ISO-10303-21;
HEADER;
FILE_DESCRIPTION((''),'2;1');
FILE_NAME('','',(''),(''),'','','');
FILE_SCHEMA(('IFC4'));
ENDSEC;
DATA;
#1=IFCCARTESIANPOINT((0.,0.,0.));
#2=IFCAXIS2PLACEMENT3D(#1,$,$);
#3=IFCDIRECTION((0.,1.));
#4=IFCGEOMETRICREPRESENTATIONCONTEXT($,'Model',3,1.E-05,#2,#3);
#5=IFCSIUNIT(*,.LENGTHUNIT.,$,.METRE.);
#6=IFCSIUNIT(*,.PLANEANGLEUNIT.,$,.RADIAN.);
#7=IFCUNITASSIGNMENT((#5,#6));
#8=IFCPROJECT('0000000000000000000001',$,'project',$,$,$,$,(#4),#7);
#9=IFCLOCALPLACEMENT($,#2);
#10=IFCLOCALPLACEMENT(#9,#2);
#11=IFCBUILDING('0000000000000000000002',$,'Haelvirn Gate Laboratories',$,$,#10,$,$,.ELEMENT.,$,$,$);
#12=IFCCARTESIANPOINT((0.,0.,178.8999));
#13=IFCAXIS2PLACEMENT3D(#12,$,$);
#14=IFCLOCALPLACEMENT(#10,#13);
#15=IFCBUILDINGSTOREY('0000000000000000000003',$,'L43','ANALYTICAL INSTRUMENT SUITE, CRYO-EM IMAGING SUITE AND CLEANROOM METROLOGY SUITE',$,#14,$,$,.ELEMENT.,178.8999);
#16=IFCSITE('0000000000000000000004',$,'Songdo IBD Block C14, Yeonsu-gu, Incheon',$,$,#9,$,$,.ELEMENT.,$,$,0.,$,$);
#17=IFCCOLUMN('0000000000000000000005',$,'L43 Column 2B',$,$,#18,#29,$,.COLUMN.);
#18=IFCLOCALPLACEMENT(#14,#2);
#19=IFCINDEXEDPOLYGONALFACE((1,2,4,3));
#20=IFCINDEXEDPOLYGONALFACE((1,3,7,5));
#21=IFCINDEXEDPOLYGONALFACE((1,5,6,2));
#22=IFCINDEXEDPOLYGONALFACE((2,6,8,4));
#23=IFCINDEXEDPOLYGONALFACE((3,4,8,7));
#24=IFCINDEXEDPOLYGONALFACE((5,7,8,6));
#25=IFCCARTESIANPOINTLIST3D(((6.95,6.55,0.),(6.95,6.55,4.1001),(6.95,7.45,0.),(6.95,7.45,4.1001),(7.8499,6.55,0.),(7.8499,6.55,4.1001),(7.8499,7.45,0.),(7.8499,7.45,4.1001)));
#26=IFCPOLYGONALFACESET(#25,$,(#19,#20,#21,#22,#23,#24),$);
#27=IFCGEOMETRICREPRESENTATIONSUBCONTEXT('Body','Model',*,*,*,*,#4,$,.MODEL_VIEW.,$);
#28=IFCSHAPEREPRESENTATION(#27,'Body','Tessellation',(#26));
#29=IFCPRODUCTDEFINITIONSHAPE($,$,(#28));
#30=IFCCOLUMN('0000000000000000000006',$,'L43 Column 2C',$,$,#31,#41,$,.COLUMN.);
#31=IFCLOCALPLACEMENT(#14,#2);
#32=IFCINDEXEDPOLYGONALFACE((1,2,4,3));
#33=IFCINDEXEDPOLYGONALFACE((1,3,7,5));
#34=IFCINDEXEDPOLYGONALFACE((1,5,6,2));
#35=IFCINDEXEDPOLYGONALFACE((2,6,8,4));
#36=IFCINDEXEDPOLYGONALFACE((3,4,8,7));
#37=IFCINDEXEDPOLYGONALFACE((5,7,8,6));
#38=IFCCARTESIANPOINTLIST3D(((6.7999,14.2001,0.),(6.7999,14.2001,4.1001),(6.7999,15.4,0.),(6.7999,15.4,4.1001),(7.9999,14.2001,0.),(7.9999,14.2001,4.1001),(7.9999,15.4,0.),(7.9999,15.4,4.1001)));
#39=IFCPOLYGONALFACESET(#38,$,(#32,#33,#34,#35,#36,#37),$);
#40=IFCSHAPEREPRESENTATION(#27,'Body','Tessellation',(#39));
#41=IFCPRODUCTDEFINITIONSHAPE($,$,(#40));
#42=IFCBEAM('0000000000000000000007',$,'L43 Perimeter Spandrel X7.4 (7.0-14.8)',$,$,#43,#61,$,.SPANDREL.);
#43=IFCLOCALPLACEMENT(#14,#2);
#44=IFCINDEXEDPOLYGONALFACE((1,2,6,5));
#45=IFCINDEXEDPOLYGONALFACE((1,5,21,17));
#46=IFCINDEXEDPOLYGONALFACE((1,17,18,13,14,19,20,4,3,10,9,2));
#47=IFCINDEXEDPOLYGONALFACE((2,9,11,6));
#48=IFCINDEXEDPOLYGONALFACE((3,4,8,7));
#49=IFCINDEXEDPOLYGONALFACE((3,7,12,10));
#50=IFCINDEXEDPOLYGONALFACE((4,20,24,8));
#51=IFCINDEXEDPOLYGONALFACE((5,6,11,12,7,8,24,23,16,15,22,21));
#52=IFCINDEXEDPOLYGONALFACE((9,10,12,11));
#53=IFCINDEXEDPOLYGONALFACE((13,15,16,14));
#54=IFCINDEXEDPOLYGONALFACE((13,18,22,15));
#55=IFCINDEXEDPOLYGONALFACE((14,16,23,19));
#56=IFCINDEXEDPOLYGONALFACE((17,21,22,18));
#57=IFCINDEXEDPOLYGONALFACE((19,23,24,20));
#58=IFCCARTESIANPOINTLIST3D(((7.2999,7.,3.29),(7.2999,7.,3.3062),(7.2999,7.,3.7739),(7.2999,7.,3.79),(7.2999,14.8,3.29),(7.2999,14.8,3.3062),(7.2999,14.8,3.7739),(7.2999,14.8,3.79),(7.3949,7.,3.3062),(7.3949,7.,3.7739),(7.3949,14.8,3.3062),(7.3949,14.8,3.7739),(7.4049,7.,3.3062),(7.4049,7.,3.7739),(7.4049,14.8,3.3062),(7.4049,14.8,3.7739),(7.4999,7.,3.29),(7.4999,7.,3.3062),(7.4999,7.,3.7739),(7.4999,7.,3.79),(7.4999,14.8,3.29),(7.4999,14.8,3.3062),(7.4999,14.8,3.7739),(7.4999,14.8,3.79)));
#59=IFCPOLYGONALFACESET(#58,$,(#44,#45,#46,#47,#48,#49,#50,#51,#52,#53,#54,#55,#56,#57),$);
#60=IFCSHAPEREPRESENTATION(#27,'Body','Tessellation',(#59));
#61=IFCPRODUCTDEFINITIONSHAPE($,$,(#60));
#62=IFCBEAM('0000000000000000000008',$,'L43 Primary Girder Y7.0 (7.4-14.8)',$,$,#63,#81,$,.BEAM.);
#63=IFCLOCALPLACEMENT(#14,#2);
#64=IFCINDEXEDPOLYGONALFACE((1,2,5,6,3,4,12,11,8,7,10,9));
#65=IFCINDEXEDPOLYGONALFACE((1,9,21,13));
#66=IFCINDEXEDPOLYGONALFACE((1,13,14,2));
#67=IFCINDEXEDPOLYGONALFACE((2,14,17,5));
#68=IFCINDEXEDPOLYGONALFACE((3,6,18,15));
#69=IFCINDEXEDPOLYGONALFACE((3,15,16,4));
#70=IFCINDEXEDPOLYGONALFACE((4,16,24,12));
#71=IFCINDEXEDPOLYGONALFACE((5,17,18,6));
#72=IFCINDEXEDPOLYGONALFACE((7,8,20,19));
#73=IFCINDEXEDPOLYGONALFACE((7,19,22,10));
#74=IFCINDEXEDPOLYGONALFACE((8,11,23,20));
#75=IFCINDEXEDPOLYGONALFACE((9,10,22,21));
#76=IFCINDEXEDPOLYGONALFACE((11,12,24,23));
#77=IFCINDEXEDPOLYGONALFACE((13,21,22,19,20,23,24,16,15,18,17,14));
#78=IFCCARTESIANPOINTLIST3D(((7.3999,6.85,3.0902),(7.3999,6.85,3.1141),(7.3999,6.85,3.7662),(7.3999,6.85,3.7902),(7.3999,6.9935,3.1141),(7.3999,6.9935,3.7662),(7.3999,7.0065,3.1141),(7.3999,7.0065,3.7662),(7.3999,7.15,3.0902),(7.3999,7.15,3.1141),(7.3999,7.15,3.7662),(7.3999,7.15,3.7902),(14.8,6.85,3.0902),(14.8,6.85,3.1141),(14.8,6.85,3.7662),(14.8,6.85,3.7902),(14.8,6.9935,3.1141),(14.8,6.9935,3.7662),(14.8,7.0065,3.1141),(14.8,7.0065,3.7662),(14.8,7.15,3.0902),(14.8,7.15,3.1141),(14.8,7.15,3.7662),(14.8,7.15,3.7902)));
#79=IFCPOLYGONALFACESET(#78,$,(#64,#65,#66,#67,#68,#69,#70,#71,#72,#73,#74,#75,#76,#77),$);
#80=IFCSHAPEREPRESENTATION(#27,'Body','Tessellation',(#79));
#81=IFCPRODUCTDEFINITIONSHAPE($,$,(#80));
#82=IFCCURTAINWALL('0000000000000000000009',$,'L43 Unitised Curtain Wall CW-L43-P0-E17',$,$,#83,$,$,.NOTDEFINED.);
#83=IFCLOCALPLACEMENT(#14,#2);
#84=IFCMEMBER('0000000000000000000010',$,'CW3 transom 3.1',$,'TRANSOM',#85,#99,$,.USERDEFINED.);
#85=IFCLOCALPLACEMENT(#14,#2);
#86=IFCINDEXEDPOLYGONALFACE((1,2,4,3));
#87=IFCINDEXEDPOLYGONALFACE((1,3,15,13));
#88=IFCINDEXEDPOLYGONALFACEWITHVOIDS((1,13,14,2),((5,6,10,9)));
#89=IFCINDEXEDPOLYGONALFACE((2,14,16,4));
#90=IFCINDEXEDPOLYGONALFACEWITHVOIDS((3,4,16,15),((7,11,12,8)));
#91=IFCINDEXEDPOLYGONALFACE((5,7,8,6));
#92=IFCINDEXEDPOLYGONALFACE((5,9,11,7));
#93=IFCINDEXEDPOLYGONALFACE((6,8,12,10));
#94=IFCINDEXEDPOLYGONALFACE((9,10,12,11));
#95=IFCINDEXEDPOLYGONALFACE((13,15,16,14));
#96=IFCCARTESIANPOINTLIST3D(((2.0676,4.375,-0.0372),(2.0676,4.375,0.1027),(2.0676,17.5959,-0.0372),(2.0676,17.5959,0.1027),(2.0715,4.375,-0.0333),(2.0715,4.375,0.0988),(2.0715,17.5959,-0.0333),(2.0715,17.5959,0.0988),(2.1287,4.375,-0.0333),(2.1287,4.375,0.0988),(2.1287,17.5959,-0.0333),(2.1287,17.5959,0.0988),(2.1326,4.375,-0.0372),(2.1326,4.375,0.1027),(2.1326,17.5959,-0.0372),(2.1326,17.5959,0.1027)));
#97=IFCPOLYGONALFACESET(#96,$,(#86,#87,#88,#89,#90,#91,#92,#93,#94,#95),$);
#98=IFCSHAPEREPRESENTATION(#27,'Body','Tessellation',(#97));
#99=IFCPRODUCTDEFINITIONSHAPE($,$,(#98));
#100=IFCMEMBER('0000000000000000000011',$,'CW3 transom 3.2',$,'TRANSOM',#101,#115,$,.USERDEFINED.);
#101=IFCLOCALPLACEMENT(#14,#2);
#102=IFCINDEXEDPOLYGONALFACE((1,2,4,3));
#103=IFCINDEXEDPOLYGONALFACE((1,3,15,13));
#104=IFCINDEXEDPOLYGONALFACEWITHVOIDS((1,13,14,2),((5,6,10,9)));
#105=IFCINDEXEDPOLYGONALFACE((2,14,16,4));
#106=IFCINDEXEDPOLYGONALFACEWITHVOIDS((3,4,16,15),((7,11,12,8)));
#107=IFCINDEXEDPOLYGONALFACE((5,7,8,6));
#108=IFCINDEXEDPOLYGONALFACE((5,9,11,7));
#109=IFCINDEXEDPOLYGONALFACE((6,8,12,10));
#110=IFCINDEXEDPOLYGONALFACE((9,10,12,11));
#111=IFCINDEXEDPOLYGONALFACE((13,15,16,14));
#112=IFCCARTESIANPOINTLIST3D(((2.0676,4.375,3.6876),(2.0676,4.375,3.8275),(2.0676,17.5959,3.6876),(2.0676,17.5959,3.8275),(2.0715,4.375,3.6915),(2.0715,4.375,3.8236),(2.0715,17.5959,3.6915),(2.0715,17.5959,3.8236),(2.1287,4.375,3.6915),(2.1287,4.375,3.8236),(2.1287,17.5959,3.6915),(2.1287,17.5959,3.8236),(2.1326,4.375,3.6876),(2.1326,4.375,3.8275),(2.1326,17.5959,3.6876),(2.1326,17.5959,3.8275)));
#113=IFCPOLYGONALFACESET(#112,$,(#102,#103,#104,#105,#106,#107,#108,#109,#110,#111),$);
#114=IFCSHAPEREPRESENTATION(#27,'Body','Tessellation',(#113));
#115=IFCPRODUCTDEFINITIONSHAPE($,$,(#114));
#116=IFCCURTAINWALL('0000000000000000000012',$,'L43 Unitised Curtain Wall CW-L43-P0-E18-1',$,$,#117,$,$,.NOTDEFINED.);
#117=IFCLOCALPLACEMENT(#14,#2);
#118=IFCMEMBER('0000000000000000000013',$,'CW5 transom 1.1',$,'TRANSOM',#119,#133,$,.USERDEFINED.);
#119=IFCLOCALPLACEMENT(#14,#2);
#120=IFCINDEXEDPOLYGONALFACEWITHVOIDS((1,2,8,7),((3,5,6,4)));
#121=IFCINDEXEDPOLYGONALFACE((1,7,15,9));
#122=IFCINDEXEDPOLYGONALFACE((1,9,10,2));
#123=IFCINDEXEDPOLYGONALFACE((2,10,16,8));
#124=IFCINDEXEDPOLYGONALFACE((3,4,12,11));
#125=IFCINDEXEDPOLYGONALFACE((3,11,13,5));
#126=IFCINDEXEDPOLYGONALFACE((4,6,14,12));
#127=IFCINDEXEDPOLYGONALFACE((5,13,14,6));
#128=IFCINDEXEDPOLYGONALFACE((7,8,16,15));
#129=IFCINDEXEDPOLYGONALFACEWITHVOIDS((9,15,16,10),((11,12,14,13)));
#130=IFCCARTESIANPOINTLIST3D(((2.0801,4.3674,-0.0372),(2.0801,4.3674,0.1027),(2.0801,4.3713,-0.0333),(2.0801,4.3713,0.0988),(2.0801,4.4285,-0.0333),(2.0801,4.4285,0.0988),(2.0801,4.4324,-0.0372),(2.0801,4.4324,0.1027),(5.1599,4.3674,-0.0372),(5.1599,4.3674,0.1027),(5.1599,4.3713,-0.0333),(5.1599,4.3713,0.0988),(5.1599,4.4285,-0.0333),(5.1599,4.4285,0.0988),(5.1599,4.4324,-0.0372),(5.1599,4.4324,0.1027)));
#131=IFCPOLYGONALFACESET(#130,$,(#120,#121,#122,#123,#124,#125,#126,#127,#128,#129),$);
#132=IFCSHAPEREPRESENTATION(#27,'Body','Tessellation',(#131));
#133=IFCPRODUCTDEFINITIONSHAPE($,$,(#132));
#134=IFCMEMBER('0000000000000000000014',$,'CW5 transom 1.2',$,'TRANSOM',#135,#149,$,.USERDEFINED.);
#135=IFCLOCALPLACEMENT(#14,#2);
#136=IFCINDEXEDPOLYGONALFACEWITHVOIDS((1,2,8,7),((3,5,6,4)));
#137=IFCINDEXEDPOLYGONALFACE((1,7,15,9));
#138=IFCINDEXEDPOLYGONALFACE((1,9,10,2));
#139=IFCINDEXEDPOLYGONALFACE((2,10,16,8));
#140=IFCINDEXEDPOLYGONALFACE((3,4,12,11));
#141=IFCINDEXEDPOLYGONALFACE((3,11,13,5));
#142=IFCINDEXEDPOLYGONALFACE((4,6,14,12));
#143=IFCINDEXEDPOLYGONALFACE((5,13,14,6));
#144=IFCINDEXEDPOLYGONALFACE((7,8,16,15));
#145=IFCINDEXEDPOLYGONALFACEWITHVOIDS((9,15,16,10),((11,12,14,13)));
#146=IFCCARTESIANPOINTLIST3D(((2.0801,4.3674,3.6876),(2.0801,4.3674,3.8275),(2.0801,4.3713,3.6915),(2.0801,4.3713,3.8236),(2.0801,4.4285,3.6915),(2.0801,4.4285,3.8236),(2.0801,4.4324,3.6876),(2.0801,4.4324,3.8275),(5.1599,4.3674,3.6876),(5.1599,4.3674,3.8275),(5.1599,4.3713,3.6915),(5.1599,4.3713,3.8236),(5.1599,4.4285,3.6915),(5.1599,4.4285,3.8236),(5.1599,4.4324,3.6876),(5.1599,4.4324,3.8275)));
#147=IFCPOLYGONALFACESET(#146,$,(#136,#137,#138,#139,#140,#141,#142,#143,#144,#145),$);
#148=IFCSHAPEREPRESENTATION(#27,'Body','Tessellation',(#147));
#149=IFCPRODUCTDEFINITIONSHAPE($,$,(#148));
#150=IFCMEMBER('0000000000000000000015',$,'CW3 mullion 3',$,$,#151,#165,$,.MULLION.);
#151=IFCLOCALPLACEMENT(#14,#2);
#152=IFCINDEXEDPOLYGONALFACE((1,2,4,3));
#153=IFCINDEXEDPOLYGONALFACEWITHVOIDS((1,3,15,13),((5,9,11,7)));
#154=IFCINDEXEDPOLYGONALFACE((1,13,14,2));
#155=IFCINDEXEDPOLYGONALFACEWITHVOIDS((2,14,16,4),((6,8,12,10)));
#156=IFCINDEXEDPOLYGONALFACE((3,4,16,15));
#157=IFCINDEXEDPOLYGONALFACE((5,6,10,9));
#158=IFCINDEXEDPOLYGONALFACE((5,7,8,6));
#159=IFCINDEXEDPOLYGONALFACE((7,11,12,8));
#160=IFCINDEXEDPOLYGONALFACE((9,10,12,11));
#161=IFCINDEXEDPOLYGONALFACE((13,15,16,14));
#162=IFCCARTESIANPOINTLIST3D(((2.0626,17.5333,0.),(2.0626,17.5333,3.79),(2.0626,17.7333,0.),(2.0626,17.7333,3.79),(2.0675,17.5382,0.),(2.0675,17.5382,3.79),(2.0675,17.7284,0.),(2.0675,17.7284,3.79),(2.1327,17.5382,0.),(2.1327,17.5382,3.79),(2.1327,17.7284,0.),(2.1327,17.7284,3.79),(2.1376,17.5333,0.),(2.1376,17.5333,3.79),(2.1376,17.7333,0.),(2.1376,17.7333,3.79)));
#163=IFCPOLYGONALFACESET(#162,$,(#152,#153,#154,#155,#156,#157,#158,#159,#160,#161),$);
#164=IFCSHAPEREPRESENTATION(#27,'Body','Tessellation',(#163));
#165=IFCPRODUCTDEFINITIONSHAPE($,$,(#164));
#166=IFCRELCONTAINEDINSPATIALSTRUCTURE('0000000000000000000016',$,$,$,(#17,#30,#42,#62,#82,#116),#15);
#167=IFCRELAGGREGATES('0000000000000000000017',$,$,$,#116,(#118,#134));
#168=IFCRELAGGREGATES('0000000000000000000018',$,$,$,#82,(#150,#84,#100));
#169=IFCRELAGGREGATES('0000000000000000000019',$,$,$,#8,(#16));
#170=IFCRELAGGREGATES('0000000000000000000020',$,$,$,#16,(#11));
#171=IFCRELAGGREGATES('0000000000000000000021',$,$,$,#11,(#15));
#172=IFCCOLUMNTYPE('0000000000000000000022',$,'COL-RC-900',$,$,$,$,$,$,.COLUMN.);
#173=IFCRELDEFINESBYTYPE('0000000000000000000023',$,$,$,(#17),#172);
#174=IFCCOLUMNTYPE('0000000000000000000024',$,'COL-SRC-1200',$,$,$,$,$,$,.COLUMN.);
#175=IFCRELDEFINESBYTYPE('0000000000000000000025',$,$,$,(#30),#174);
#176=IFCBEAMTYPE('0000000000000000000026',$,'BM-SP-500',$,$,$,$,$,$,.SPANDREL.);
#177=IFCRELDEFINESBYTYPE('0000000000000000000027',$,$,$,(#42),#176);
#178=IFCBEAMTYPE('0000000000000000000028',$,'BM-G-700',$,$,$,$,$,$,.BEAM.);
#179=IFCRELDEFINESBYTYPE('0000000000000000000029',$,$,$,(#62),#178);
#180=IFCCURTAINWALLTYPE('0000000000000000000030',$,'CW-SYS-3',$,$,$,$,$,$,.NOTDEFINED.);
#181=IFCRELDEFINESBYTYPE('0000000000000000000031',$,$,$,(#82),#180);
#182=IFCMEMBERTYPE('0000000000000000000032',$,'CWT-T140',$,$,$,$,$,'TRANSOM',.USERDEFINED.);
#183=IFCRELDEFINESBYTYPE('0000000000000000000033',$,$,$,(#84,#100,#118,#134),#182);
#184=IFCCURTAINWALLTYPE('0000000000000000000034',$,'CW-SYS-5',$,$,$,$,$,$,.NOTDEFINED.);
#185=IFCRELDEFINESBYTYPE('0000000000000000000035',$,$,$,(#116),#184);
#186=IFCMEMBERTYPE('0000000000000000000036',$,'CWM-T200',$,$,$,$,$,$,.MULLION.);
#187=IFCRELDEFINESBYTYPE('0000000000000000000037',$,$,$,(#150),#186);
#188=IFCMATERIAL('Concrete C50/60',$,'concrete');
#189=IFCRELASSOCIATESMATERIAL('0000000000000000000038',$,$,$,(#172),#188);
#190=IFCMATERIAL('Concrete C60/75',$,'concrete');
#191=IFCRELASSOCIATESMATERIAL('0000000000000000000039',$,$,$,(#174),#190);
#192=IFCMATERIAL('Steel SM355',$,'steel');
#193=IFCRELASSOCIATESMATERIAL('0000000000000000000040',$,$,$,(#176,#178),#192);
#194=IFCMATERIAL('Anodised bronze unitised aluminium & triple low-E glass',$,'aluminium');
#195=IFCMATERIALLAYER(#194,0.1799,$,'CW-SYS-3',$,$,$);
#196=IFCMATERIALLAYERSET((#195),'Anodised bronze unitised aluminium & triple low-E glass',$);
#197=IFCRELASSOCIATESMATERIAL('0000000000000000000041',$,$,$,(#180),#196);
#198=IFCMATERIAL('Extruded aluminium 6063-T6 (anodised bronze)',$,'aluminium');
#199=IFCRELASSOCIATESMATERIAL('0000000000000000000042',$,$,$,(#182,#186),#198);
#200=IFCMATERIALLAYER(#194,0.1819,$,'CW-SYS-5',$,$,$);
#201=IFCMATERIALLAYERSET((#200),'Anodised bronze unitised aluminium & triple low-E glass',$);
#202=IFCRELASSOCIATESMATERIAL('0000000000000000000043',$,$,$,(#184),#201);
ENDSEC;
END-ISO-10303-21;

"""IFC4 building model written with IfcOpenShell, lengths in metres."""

from ifc_helpers import new_model, si_unit, direction, frame, origin, origin_2d, place, context, subcontext, project, spatial, rectangle, hollow_rectangle, i_section, extrude, source, transform, mapped, material, layer, layer_set, material_profile, profile_set, type_object, type_shapes, element, aggregate, save


model = new_model("IFC4")

# Units and contexts
model_context = context("Model", 3, precision=1e-05, world=origin(), true_north=direction((0.0, 1.0)))
body_context = subcontext(model_context, "Body", "Model", "MODEL_VIEW")
ifc_project = project(units=[si_unit("LENGTHUNIT", "METRE"), si_unit("PLANEANGLEUNIT", "RADIAN")], contexts=[model_context])

# Site, building, storey
site_placement = place(None, origin())
site = spatial("IfcSite", under=ifc_project, at=site_placement, Name="Songdo IBD Block C14, Yeonsu-gu, Incheon", CompositionType="ELEMENT", RefElevation=0.0)
building_placement = place(site_placement, origin())
building = spatial("IfcBuilding", under=site, at=building_placement, Name="Haelvirn Gate Laboratories", CompositionType="ELEMENT")
storey_placement = place(building_placement, frame((0.0, 0.0, 178.8999)))
storey = spatial("IfcBuildingStorey", under=building, at=storey_placement, Name="L43", Description="ANALYTICAL INSTRUMENT SUITE, CRYO-EM IMAGING SUITE AND CLEANROOM METROLOGY SUITE", CompositionType="ELEMENT", Elevation=178.8999)

# Columns
ifc_material_1 = material(Name="Concrete C50/60", Category="concrete")
ifc_material_profile_1 = material_profile(ifc_material_1, rectangle(XDim=0.8999, YDim=0.8999, at=origin_2d()), Name="RC-900x900")
ifc_profile_set_1 = profile_set([ifc_material_profile_1], Name="Concrete C50/60")
column_type_1 = type_object("IfcColumnType", Name="COL-RC-900", PredefinedType="COLUMN", material=ifc_profile_set_1)
shared_shape_1 = source(origin(), body_context, "Body", "SweptSolid", [
    extrude(rectangle(XDim=0.8999, YDim=0.8999, at=origin_2d()), origin(), (0.0, 0.0, 1.0), 4.1001),
])
type_shapes(column_type_1, [shared_shape_1])
column_1_placement = place(storey_placement, frame((7.3999, 7.0, 0.0), z_axis=(0.0, 0.0, 1.0), x_axis=(1.0, 0.0, 0.0)))
element("IfcColumn", 1, at=column_1_placement, inside=storey, type_object=column_type_1, Name="L43 Column 2B", PredefinedType="COLUMN", context=body_context, shape_type="MappedRepresentation", body=[
    mapped(shared_shape_1, transform((0.0, 0.0, 0.0), scale=1.0)),
])
ifc_material_2 = material(Name="Concrete C60/75", Category="concrete")
ifc_material_profile_2 = material_profile(ifc_material_2, rectangle(XDim=1.2, YDim=1.2, at=origin_2d()), Name="SRC-1200x1200")
ifc_profile_set_2 = profile_set([ifc_material_profile_2], Name="Concrete C60/75")
column_type_2 = type_object("IfcColumnType", Name="COL-SRC-1200", PredefinedType="COLUMN", material=ifc_profile_set_2)
shared_shape_2 = source(origin(), body_context, "Body", "SweptSolid", [
    extrude(rectangle(XDim=1.2, YDim=1.2, at=origin_2d()), origin(), (0.0, 0.0, 1.0), 4.1001),
])
type_shapes(column_type_2, [shared_shape_2])
column_2_placement = place(storey_placement, frame((7.3999, 14.8, 0.0), z_axis=(0.0, 0.0, 1.0), x_axis=(1.0, 0.0, 0.0)))
element("IfcColumn", 2, at=column_2_placement, inside=storey, type_object=column_type_2, Name="L43 Column 2C", PredefinedType="COLUMN", context=body_context, shape_type="MappedRepresentation", body=[
    mapped(shared_shape_2, transform((0.0, 0.0, 0.0), scale=1.0)),
])

# Beams
ifc_material_3 = material(Name="Steel SM355", Category="steel")
ifc_material_profile_3 = material_profile(ifc_material_3, i_section(OverallWidth=0.2, OverallDepth=0.5, WebThickness=0.01, FlangeThickness=0.0161, at=origin_2d()), Name="H-500x200x10x16")
ifc_profile_set_3 = profile_set([ifc_material_profile_3], Name="Steel SM355")
beam_type_1 = type_object("IfcBeamType", Name="BM-SP-500", PredefinedType="SPANDREL", material=ifc_profile_set_3)
shared_shape_3 = source(origin(), body_context, "Body", "SweptSolid", [
    extrude(i_section(OverallWidth=0.2, OverallDepth=0.5, WebThickness=0.01, FlangeThickness=0.0161, at=origin_2d()), origin(), (0.0, 0.0, 1.0), 7.8),
])
type_shapes(beam_type_1, [shared_shape_3])
beam_1_placement = place(storey_placement, frame((7.3999, 7.0, 3.54), z_axis=(0.0, 1.0, 0.0), x_axis=(-1.0, 0.0, 0.0)))
element("IfcBeam", 3, at=beam_1_placement, inside=storey, type_object=beam_type_1, Name="L43 Perimeter Spandrel X7.4 (7.0-14.8)", PredefinedType="SPANDREL", context=body_context, shape_type="MappedRepresentation", body=[
    mapped(shared_shape_3, transform((0.0, 0.0, 0.0), scale=1.0)),
])
ifc_material_profile_4 = material_profile(ifc_material_3, i_section(OverallWidth=0.3, OverallDepth=0.7, WebThickness=0.0129, FlangeThickness=0.0239, at=origin_2d()), Name="H-700x300x13x24")
ifc_profile_set_4 = profile_set([ifc_material_profile_4], Name="Steel SM355")
beam_type_2 = type_object("IfcBeamType", Name="BM-G-700", PredefinedType="BEAM", material=ifc_profile_set_4)
shared_shape_4 = source(origin(), body_context, "Body", "SweptSolid", [
    extrude(i_section(OverallWidth=0.3, OverallDepth=0.7, WebThickness=0.0129, FlangeThickness=0.0239, at=origin_2d()), origin(), (0.0, 0.0, 1.0), 7.4001),
])
type_shapes(beam_type_2, [shared_shape_4])
beam_2_placement = place(storey_placement, frame((7.3999, 7.0, 3.4402), z_axis=(1.0, 0.0, 0.0), x_axis=(0.0, 1.0, 0.0)))
element("IfcBeam", 4, at=beam_2_placement, inside=storey, type_object=beam_type_2, Name="L43 Primary Girder Y7.0 (7.4-14.8)", PredefinedType="BEAM", context=body_context, shape_type="MappedRepresentation", body=[
    mapped(shared_shape_4, transform((0.0, 0.0, 0.0), scale=1.0)),
])

# Curtain walls, members
ifc_material_4 = material(Name="Anodised bronze unitised aluminium & triple low-E glass", Category="aluminium")
ifc_layer_1 = layer(ifc_material_4, 0.1799, Name="CW-SYS-3")
ifc_layer_set_1 = layer_set([ifc_layer_1], Name="Anodised bronze unitised aluminium & triple low-E glass")
curtain_wall_type_1 = type_object("IfcCurtainWallType", Name="CW-SYS-3", PredefinedType="NOTDEFINED", material=ifc_layer_set_1)
curtain_wall_1_placement = place(storey_placement, origin())
curtain_wall_1 = element("IfcCurtainWall", 5, at=curtain_wall_1_placement, inside=storey, type_object=curtain_wall_type_1, Name="L43 Unitised Curtain Wall CW-L43-P0-E17", PredefinedType="NOTDEFINED")
ifc_material_5 = material(Name="Extruded aluminium 6063-T6 (anodised bronze)", Category="aluminium")
ifc_material_profile_5 = material_profile(ifc_material_5, hollow_rectangle(XDim=0.0649, YDim=0.1399, WallThickness=0.0039, at=origin_2d()), Name="CWT-140x65x4")
ifc_profile_set_5 = profile_set([ifc_material_profile_5], Name="Extruded aluminium 6063-T6 (anodised bronze)")
member_type_1 = type_object("IfcMemberType", Name="CWT-T140", ElementType="TRANSOM", PredefinedType="USERDEFINED", material=ifc_profile_set_5)
shared_shape_5 = source(origin(), body_context, "Body", "SweptSolid", [
    extrude(hollow_rectangle(XDim=0.0649, YDim=0.1399, WallThickness=0.0039, at=origin_2d()), origin(), (0.0, 0.0, 1.0), 13.2209),
])
member_1_placement = place(storey_placement, frame((2.1001, 17.5959, 0.0327), z_axis=(0.0, -1.0, 0.0), x_axis=(1.0, 0.0, 0.0)))
member_1 = element("IfcMember", 6, at=member_1_placement, type_object=member_type_1, Name="CW3 transom 3.1", ObjectType="TRANSOM", PredefinedType="USERDEFINED", context=body_context, shape_type="MappedRepresentation", body=[
    mapped(shared_shape_5, transform((0.0, 0.0, 0.0), scale=1.0)),
])
member_2_placement = place(storey_placement, frame((2.1001, 17.5959, 3.7576), z_axis=(0.0, -1.0, 0.0), x_axis=(1.0, 0.0, 0.0)))
member_2 = element("IfcMember", 7, at=member_2_placement, type_object=member_type_1, Name="CW3 transom 3.2", ObjectType="TRANSOM", PredefinedType="USERDEFINED", context=body_context, shape_type="MappedRepresentation", body=[
    mapped(shared_shape_5, transform((0.0, 0.0, 0.0), scale=1.0)),
])
ifc_layer_2 = layer(ifc_material_4, 0.1819, Name="CW-SYS-5")
ifc_layer_set_2 = layer_set([ifc_layer_2], Name="Anodised bronze unitised aluminium & triple low-E glass")
curtain_wall_type_2 = type_object("IfcCurtainWallType", Name="CW-SYS-5", PredefinedType="NOTDEFINED", material=ifc_layer_set_2)
curtain_wall_2_placement = place(storey_placement, origin())
curtain_wall_2 = element("IfcCurtainWall", 8, at=curtain_wall_2_placement, inside=storey, type_object=curtain_wall_type_2, Name="L43 Unitised Curtain Wall CW-L43-P0-E18-1", PredefinedType="NOTDEFINED")
shared_shape_6 = source(origin(), body_context, "Body", "SweptSolid", [
    extrude(hollow_rectangle(XDim=0.0649, YDim=0.1399, WallThickness=0.0039, at=origin_2d()), origin(), (0.0, 0.0, 1.0), 3.0798),
])
type_shapes(member_type_1, [shared_shape_5, shared_shape_6])
member_3_placement = place(storey_placement, frame((2.0801, 4.3999, 0.0327), z_axis=(1.0, 0.0, 0.0), x_axis=(0.0, 1.0, 0.0)))
member_3 = element("IfcMember", 9, at=member_3_placement, type_object=member_type_1, Name="CW5 transom 1.1", ObjectType="TRANSOM", PredefinedType="USERDEFINED", context=body_context, shape_type="MappedRepresentation", body=[
    mapped(shared_shape_6, transform((0.0, 0.0, 0.0), scale=1.0)),
])
member_4_placement = place(storey_placement, frame((2.0801, 4.3999, 3.7576), z_axis=(1.0, 0.0, 0.0), x_axis=(0.0, 1.0, 0.0)))
member_4 = element("IfcMember", 10, at=member_4_placement, type_object=member_type_1, Name="CW5 transom 1.2", ObjectType="TRANSOM", PredefinedType="USERDEFINED", context=body_context, shape_type="MappedRepresentation", body=[
    mapped(shared_shape_6, transform((0.0, 0.0, 0.0), scale=1.0)),
])

# Member
ifc_material_profile_6 = material_profile(ifc_material_5, hollow_rectangle(XDim=0.075, YDim=0.2, WallThickness=0.0049, at=origin_2d()), Name="CWM-200x75x5")
ifc_profile_set_6 = profile_set([ifc_material_profile_6], Name="Extruded aluminium 6063-T6 (anodised bronze)")
member_type_2 = type_object("IfcMemberType", Name="CWM-T200", PredefinedType="MULLION", material=ifc_profile_set_6)
shared_shape_7 = source(origin(), body_context, "Body", "SweptSolid", [
    extrude(hollow_rectangle(XDim=0.075, YDim=0.2, WallThickness=0.0049, at=origin_2d()), origin(), (0.0, 0.0, 1.0), 3.79),
])
type_shapes(member_type_2, [shared_shape_7])
member_5_placement = place(storey_placement, frame((2.1001, 17.6333, 0.0), z_axis=(0.0, 0.0, 1.0), x_axis=(1.0, 0.0, 0.0)))
member_5 = element("IfcMember", 11, at=member_5_placement, type_object=member_type_2, Name="CW3 mullion 3", PredefinedType="MULLION", context=body_context, shape_type="MappedRepresentation", body=[
    mapped(shared_shape_7, transform((0.0, 0.0, 0.0), scale=1.0)),
])

aggregate(curtain_wall_2, [member_3, member_4])
aggregate(curtain_wall_1, [member_5, member_1, member_2])

save(model, "model.ifc")
